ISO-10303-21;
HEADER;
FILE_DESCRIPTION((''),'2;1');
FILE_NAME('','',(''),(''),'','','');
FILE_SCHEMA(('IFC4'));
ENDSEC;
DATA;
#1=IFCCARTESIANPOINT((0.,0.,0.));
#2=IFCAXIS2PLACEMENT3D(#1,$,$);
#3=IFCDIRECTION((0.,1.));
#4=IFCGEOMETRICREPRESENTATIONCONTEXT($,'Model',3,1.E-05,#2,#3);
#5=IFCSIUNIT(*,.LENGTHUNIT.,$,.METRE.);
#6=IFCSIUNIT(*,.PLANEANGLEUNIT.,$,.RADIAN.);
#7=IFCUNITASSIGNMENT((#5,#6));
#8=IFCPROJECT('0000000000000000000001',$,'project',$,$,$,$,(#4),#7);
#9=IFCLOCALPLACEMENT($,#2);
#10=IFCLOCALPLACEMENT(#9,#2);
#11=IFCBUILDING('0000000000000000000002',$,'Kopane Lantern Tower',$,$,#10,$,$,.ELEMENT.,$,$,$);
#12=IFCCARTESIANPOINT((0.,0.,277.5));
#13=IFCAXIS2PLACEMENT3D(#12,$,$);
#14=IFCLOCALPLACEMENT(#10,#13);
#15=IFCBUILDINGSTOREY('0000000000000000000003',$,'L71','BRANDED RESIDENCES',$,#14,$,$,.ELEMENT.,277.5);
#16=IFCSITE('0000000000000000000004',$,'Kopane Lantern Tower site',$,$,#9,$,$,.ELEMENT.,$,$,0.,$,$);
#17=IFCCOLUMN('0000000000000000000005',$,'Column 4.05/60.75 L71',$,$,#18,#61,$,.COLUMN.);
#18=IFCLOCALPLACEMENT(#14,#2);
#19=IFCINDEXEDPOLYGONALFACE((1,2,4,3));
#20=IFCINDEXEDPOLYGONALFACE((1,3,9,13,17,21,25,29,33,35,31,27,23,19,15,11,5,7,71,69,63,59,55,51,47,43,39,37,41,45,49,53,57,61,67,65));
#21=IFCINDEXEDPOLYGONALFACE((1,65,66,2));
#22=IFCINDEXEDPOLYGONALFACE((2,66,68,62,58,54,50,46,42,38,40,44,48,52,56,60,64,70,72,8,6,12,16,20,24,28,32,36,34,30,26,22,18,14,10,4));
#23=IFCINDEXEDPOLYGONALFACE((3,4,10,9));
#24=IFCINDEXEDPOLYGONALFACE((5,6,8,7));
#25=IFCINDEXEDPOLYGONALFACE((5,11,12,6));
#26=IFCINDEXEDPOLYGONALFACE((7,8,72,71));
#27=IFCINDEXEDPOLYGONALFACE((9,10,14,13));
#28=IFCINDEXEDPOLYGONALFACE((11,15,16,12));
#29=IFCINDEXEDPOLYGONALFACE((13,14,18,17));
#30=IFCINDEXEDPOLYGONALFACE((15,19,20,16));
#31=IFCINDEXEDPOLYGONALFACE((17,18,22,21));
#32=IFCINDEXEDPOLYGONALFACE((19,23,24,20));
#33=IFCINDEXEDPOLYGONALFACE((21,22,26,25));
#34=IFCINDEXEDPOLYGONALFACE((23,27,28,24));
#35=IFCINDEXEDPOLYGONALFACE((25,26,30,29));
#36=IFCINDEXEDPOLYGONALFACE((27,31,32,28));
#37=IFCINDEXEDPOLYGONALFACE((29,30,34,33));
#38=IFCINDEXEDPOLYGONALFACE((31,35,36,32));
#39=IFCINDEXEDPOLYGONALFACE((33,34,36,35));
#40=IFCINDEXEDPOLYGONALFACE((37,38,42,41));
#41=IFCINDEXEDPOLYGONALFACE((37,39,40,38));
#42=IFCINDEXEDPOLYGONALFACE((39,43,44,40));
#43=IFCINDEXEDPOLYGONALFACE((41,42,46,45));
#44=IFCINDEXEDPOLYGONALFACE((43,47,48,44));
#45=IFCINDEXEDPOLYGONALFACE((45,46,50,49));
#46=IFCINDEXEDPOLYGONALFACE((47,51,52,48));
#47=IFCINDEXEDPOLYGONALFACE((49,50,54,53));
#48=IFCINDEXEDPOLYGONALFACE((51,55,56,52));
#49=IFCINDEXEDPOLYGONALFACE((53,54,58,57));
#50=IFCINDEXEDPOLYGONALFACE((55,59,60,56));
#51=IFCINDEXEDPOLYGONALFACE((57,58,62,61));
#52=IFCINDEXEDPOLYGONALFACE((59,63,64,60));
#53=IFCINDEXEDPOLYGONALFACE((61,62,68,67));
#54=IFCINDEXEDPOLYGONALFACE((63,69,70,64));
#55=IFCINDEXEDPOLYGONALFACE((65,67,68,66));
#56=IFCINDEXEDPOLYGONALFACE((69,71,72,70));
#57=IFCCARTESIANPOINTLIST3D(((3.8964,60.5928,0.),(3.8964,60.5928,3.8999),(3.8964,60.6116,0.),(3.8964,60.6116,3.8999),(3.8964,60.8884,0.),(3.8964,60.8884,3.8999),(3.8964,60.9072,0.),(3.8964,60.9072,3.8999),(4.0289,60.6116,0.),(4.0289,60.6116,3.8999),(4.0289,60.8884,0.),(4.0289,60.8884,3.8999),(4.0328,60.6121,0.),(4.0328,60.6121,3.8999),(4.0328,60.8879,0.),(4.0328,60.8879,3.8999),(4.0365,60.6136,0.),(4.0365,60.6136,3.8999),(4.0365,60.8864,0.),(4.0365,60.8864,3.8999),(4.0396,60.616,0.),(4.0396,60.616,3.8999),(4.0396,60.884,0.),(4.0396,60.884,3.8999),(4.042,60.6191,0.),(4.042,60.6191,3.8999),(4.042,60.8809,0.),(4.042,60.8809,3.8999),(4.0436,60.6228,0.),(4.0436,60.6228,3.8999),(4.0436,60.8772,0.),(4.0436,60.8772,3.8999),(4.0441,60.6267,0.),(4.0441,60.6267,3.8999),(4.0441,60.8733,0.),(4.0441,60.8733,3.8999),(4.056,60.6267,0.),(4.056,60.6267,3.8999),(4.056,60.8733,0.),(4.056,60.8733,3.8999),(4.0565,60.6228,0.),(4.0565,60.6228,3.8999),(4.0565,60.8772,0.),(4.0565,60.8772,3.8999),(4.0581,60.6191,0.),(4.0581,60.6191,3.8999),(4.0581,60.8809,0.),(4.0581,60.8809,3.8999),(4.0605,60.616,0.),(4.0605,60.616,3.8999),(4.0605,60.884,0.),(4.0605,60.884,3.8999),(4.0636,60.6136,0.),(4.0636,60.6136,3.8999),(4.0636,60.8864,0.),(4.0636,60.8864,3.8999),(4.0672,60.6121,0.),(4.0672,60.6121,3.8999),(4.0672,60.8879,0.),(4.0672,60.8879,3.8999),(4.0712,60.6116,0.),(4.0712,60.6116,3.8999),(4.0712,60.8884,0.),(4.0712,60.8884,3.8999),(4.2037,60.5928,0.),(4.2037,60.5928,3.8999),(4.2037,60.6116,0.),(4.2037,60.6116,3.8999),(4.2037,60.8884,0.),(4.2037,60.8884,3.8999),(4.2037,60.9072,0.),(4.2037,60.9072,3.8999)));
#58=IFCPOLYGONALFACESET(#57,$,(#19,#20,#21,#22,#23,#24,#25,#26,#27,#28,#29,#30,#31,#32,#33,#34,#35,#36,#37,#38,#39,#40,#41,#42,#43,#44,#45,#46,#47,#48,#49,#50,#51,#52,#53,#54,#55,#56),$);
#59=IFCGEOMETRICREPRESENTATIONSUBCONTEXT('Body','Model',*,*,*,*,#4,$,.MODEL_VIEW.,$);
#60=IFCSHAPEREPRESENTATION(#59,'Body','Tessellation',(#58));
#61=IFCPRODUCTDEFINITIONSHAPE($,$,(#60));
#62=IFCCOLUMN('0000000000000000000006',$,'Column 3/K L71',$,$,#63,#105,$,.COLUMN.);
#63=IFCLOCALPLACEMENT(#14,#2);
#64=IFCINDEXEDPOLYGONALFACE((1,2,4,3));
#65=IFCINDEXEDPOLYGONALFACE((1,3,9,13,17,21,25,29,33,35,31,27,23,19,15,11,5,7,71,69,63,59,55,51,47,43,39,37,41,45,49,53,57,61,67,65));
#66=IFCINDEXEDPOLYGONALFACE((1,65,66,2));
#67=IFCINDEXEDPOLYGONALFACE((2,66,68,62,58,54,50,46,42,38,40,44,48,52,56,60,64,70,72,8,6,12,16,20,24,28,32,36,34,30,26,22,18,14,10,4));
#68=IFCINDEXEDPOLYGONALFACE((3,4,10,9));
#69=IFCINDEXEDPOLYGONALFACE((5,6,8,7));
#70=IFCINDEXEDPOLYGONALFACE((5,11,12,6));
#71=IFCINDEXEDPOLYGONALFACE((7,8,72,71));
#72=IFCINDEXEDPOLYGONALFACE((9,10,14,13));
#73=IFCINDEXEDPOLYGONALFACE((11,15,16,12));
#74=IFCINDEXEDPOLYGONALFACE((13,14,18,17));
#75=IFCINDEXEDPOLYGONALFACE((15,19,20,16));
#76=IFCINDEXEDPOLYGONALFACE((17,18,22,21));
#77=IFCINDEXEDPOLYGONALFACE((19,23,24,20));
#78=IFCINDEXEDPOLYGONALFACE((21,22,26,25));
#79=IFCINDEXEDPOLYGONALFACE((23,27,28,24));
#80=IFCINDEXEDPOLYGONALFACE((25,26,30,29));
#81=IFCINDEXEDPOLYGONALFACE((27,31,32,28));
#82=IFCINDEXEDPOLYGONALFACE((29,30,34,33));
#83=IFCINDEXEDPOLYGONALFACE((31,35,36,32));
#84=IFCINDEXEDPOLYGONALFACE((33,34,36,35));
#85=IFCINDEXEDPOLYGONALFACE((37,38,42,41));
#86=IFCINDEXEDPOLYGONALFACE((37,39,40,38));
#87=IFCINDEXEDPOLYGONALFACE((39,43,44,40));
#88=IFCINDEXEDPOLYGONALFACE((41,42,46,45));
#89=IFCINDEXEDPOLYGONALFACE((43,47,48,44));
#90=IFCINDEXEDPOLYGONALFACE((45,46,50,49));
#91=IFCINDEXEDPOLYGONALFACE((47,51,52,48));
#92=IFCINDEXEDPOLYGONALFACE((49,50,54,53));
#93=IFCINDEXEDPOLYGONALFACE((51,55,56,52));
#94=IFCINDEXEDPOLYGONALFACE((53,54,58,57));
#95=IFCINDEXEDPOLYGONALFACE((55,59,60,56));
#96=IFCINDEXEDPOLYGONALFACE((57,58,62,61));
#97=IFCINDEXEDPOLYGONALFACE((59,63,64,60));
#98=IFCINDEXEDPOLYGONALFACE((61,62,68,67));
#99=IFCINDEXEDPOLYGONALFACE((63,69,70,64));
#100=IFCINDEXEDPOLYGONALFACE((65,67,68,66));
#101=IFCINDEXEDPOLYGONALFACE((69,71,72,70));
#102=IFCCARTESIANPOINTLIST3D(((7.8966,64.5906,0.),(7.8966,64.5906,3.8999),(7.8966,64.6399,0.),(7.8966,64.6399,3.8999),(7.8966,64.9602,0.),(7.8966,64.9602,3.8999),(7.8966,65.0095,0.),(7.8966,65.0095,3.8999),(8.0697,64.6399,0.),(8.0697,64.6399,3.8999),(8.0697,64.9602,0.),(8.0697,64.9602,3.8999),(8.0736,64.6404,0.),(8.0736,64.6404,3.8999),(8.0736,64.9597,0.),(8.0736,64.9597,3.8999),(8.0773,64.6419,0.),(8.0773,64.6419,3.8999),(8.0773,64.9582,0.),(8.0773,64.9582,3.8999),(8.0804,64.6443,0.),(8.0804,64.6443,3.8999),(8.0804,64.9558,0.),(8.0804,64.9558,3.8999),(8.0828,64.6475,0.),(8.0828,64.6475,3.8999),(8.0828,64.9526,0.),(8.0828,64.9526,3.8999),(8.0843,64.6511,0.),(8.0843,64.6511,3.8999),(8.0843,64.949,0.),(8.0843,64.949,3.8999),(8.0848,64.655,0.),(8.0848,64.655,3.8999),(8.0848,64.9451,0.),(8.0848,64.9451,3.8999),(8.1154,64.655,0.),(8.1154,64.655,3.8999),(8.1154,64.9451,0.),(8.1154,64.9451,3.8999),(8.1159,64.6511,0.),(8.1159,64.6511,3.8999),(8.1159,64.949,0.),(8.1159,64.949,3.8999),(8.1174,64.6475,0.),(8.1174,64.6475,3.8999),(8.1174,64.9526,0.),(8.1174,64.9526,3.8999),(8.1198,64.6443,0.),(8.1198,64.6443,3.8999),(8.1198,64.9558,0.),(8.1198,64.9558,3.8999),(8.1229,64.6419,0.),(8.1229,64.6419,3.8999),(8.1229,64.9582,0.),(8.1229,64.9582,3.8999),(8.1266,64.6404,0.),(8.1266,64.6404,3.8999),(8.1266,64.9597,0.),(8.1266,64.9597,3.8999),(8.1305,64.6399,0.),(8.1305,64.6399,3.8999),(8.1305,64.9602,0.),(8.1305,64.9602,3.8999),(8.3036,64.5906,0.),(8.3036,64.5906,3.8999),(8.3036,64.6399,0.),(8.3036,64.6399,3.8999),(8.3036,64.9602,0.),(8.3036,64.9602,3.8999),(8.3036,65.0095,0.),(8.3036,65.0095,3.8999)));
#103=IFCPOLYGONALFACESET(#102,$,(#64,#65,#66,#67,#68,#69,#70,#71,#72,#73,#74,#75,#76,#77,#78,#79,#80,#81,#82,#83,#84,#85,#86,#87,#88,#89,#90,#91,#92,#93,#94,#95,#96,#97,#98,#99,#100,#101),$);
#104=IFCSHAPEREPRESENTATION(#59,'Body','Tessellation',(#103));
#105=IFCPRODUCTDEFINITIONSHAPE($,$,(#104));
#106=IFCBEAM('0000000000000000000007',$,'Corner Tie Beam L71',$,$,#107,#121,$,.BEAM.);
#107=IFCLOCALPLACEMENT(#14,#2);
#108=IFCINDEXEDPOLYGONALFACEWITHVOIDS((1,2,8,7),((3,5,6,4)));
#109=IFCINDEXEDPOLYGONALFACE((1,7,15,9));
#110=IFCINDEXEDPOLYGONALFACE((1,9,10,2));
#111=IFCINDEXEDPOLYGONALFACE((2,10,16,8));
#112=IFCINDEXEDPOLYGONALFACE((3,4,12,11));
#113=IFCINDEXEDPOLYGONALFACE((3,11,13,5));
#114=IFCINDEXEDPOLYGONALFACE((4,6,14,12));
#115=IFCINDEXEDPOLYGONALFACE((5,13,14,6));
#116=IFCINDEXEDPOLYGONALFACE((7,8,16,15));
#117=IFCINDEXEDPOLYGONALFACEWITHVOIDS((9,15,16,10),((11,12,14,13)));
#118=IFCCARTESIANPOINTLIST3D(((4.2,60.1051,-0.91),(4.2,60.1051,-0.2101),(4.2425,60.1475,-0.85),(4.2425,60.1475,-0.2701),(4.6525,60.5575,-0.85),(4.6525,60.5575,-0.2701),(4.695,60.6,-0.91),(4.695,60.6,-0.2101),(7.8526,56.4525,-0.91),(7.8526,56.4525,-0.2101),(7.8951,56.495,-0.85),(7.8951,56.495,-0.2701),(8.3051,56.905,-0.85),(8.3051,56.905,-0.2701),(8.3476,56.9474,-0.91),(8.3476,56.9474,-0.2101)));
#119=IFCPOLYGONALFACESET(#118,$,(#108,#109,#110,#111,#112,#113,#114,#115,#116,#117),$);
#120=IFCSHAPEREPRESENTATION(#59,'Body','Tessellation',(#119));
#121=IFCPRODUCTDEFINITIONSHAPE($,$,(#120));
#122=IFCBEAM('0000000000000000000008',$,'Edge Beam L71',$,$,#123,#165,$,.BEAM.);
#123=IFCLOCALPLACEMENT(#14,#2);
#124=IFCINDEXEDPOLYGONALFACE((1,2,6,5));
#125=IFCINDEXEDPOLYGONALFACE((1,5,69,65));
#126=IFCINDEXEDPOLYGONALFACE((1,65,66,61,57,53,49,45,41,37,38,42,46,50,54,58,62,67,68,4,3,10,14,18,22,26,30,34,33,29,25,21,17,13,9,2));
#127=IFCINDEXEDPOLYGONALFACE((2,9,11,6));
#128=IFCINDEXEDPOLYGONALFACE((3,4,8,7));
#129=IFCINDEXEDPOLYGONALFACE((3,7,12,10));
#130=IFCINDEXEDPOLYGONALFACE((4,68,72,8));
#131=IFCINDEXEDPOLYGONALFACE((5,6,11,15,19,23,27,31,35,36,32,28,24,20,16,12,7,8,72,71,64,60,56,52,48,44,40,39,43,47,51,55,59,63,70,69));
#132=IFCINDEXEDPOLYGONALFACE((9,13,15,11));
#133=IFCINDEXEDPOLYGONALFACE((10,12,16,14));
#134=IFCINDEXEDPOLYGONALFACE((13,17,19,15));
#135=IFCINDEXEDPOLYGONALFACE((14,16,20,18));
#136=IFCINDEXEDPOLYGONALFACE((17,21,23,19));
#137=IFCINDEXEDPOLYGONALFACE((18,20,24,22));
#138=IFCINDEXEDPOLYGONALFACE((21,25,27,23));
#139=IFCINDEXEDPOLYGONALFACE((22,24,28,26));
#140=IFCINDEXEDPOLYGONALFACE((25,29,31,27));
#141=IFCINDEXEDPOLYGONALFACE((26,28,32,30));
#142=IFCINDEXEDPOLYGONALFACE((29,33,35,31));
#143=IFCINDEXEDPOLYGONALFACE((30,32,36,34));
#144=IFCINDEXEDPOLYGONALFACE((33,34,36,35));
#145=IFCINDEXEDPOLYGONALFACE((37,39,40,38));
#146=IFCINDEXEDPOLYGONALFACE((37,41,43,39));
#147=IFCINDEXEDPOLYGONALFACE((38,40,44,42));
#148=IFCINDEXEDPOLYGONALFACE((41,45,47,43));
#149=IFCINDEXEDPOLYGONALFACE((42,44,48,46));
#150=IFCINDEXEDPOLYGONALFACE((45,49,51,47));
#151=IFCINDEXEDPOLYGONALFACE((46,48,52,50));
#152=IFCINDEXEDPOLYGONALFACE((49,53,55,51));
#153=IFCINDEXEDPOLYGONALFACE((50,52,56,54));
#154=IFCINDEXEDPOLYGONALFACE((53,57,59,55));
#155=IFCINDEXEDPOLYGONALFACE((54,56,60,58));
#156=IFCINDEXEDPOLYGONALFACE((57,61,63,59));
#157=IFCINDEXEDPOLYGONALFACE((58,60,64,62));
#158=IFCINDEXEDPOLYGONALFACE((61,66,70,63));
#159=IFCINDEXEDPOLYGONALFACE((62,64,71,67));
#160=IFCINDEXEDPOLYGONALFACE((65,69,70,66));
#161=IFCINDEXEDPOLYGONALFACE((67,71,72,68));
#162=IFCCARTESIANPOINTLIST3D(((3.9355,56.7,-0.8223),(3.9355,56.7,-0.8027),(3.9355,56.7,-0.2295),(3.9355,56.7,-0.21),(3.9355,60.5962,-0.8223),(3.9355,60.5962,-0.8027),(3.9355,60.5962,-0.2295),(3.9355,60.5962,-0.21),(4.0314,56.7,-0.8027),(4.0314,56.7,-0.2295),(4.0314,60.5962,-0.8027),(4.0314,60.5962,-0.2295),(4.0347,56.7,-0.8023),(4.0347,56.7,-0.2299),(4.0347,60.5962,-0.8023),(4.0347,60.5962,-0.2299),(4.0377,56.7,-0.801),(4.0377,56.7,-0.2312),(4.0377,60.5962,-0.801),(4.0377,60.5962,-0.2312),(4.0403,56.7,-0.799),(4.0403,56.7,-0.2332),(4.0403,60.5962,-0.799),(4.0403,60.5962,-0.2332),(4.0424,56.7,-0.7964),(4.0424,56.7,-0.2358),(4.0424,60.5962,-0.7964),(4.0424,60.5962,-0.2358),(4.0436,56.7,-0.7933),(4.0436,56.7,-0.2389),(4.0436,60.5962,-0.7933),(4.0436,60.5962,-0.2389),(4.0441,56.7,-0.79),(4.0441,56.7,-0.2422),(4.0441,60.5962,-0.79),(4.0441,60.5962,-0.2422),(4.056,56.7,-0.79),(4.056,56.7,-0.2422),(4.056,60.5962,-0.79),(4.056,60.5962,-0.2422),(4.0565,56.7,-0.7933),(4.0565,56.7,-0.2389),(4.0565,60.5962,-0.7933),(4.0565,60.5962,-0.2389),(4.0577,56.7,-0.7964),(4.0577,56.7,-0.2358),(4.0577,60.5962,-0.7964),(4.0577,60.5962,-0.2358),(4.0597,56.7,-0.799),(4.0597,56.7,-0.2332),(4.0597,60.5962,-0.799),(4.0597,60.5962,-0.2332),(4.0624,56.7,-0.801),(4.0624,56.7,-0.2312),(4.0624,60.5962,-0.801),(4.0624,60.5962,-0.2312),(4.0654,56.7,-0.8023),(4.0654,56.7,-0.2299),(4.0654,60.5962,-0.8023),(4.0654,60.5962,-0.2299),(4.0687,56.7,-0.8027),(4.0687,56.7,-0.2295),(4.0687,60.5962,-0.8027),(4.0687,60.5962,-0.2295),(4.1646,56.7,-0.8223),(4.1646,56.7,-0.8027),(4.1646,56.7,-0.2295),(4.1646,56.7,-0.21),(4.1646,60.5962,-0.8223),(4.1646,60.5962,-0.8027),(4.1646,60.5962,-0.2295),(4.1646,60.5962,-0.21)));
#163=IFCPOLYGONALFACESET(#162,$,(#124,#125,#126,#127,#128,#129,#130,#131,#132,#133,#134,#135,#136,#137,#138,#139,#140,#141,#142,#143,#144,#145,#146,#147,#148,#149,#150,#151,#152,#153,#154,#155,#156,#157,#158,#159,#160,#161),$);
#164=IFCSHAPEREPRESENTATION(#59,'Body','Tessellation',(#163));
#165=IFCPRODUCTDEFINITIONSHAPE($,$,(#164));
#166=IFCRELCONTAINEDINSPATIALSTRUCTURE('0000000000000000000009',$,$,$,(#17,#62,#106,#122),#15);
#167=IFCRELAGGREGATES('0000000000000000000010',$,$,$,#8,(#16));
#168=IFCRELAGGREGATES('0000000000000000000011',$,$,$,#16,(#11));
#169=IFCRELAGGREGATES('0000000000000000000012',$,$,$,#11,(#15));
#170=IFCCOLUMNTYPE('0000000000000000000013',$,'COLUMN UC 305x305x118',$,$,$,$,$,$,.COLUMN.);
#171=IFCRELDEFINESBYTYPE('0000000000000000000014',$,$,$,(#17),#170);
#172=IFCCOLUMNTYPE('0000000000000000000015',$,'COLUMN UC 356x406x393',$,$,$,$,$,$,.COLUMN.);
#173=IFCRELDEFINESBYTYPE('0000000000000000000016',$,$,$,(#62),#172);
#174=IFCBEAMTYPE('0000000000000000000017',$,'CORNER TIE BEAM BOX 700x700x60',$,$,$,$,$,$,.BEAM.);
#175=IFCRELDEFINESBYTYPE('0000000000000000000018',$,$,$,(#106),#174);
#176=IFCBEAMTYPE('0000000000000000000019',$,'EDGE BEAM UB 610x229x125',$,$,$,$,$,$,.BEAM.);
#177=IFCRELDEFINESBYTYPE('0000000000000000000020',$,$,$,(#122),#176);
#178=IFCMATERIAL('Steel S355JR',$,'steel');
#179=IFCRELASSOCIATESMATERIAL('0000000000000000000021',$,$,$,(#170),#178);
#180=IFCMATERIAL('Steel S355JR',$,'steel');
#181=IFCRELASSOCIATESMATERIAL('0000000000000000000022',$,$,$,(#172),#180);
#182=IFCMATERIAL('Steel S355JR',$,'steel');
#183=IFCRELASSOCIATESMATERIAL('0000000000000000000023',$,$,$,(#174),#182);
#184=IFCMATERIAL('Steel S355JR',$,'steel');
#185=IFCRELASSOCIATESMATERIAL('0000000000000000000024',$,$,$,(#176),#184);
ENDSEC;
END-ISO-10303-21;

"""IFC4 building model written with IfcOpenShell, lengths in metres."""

from ifc_helpers import new_model, si_unit, direction, frame, origin, origin_2d, place, context, subcontext, project, spatial, hollow_rectangle, i_section, extrude, material, material_profile, profile_set, type_object, element, save


model = new_model("IFC4")

# Units and contexts
model_context = context("Model", 3, precision=1e-05, world=origin(), true_north=direction((0.0, 1.0)))
body_context = subcontext(model_context, "Body", "Model", "MODEL_VIEW")
ifc_project = project(units=[si_unit("LENGTHUNIT", "METRE"), si_unit("PLANEANGLEUNIT", "RADIAN")], contexts=[model_context])

# Site, building, storey
site_placement = place(None, origin())
site = spatial("IfcSite", under=ifc_project, at=site_placement, Name="Kopane Lantern Tower site", CompositionType="ELEMENT", RefElevation=0.0)
building_placement = place(site_placement, origin())
building = spatial("IfcBuilding", under=site, at=building_placement, Name="Kopane Lantern Tower", CompositionType="ELEMENT")
storey_placement = place(building_placement, frame((0.0, 0.0, 277.5)))
storey = spatial("IfcBuildingStorey", under=building, at=storey_placement, Name="L71", Description="BRANDED RESIDENCES", CompositionType="ELEMENT", Elevation=277.5)

# Columns
ifc_material_1 = material(Name="Steel S355JR", Category="steel")
ifc_material_profile_1 = material_profile(ifc_material_1, i_section(OverallWidth=0.3074, OverallDepth=0.3145, WebThickness=0.012, FlangeThickness=0.0188, FilletRadius=0.0151, at=origin_2d()), Name="UC 305x305x118")
ifc_profile_set_1 = profile_set([ifc_material_profile_1], Name="Steel S355JR")
column_type_1 = type_object("IfcColumnType", Name="COLUMN UC 305x305x118", PredefinedType="COLUMN", material=ifc_profile_set_1)
column_1_placement = place(storey_placement, frame((4.05, 60.75, 0.0), z_axis=(0.0, 0.0, 1.0), x_axis=(1.0, 0.0, 0.0)))
element("IfcColumn", 1, at=column_1_placement, inside=storey, type_object=column_type_1, Name="Column 4.05/60.75 L71", PredefinedType="COLUMN", context=body_context, shape_type="SweptSolid", body=[
    extrude(i_section(OverallWidth=0.3074, OverallDepth=0.3145, WebThickness=0.012, FlangeThickness=0.0188, FilletRadius=0.0151, at=origin_2d()), origin(), (0.0, 0.0, 1.0), 3.8999),
])
ifc_material_2 = material(Name="Steel S355JR", Category="steel")
ifc_material_profile_2 = material_profile(ifc_material_2, i_section(OverallWidth=0.407, OverallDepth=0.4189, WebThickness=0.0305, FlangeThickness=0.0493, FilletRadius=0.0151, at=origin_2d()), Name="UC 356x406x393")
ifc_profile_set_2 = profile_set([ifc_material_profile_2], Name="Steel S355JR")
column_type_2 = type_object("IfcColumnType", Name="COLUMN UC 356x406x393", PredefinedType="COLUMN", material=ifc_profile_set_2)
column_2_placement = place(storey_placement, frame((8.1001, 64.8, 0.0), z_axis=(0.0, 0.0, 1.0), x_axis=(1.0, 0.0, 0.0)))
element("IfcColumn", 2, at=column_2_placement, inside=storey, type_object=column_type_2, Name="Column 3/K L71", PredefinedType="COLUMN", context=body_context, shape_type="SweptSolid", body=[
    extrude(i_section(OverallWidth=0.407, OverallDepth=0.4189, WebThickness=0.0305, FlangeThickness=0.0493, FilletRadius=0.0151, at=origin_2d()), origin(), (0.0, 0.0, 1.0), 3.8999),
])

# Beams
ifc_material_3 = material(Name="Steel S355JR", Category="steel")
ifc_material_profile_3 = material_profile(ifc_material_3, hollow_rectangle(XDim=0.7, YDim=0.7, WallThickness=0.0601, at=origin_2d()), Name="BOX 700x700x60")
ifc_profile_set_3 = profile_set([ifc_material_profile_3], Name="Steel S355JR")
beam_type_1 = type_object("IfcBeamType", Name="CORNER TIE BEAM BOX 700x700x60", PredefinedType="BEAM", material=ifc_profile_set_3)
beam_1_placement = place(storey_placement, frame((4.4475, 60.3525, -0.5601), z_axis=(0.707107, -0.707107, 0.0), x_axis=(0.707107, 0.707107, 0.0)))
element("IfcBeam", 3, at=beam_1_placement, inside=storey, type_object=beam_type_1, Name="Corner Tie Beam L71", PredefinedType="BEAM", context=body_context, shape_type="SweptSolid", body=[
    extrude(hollow_rectangle(XDim=0.7, YDim=0.7, WallThickness=0.0601, at=origin_2d()), origin(), (0.0, 0.0, 1.0), 5.1655),
])
ifc_material_4 = material(Name="Steel S355JR", Category="steel")
ifc_material_profile_4 = material_profile(ifc_material_4, i_section(OverallWidth=0.229, OverallDepth=0.6123, WebThickness=0.012, FlangeThickness=0.0195, FilletRadius=0.0127, at=origin_2d()), Name="UB 610x229x125")
ifc_profile_set_4 = profile_set([ifc_material_profile_4], Name="Steel S355JR")
beam_type_2 = type_object("IfcBeamType", Name="EDGE BEAM UB 610x229x125", PredefinedType="BEAM", material=ifc_profile_set_4)
beam_2_placement = place(storey_placement, frame((4.05, 60.5962, -0.5161), z_axis=(0.0, -1.0, 0.0), x_axis=(1.0, 0.0, 0.0)))
element("IfcBeam", 4, at=beam_2_placement, inside=storey, type_object=beam_type_2, Name="Edge Beam L71", PredefinedType="BEAM", context=body_context, shape_type="SweptSolid", body=[
    extrude(i_section(OverallWidth=0.229, OverallDepth=0.6123, WebThickness=0.012, FlangeThickness=0.0195, FilletRadius=0.0127, at=origin_2d()), origin(), (0.0, 0.0, 1.0), 3.8962),
])

save(model, "model.ifc")
